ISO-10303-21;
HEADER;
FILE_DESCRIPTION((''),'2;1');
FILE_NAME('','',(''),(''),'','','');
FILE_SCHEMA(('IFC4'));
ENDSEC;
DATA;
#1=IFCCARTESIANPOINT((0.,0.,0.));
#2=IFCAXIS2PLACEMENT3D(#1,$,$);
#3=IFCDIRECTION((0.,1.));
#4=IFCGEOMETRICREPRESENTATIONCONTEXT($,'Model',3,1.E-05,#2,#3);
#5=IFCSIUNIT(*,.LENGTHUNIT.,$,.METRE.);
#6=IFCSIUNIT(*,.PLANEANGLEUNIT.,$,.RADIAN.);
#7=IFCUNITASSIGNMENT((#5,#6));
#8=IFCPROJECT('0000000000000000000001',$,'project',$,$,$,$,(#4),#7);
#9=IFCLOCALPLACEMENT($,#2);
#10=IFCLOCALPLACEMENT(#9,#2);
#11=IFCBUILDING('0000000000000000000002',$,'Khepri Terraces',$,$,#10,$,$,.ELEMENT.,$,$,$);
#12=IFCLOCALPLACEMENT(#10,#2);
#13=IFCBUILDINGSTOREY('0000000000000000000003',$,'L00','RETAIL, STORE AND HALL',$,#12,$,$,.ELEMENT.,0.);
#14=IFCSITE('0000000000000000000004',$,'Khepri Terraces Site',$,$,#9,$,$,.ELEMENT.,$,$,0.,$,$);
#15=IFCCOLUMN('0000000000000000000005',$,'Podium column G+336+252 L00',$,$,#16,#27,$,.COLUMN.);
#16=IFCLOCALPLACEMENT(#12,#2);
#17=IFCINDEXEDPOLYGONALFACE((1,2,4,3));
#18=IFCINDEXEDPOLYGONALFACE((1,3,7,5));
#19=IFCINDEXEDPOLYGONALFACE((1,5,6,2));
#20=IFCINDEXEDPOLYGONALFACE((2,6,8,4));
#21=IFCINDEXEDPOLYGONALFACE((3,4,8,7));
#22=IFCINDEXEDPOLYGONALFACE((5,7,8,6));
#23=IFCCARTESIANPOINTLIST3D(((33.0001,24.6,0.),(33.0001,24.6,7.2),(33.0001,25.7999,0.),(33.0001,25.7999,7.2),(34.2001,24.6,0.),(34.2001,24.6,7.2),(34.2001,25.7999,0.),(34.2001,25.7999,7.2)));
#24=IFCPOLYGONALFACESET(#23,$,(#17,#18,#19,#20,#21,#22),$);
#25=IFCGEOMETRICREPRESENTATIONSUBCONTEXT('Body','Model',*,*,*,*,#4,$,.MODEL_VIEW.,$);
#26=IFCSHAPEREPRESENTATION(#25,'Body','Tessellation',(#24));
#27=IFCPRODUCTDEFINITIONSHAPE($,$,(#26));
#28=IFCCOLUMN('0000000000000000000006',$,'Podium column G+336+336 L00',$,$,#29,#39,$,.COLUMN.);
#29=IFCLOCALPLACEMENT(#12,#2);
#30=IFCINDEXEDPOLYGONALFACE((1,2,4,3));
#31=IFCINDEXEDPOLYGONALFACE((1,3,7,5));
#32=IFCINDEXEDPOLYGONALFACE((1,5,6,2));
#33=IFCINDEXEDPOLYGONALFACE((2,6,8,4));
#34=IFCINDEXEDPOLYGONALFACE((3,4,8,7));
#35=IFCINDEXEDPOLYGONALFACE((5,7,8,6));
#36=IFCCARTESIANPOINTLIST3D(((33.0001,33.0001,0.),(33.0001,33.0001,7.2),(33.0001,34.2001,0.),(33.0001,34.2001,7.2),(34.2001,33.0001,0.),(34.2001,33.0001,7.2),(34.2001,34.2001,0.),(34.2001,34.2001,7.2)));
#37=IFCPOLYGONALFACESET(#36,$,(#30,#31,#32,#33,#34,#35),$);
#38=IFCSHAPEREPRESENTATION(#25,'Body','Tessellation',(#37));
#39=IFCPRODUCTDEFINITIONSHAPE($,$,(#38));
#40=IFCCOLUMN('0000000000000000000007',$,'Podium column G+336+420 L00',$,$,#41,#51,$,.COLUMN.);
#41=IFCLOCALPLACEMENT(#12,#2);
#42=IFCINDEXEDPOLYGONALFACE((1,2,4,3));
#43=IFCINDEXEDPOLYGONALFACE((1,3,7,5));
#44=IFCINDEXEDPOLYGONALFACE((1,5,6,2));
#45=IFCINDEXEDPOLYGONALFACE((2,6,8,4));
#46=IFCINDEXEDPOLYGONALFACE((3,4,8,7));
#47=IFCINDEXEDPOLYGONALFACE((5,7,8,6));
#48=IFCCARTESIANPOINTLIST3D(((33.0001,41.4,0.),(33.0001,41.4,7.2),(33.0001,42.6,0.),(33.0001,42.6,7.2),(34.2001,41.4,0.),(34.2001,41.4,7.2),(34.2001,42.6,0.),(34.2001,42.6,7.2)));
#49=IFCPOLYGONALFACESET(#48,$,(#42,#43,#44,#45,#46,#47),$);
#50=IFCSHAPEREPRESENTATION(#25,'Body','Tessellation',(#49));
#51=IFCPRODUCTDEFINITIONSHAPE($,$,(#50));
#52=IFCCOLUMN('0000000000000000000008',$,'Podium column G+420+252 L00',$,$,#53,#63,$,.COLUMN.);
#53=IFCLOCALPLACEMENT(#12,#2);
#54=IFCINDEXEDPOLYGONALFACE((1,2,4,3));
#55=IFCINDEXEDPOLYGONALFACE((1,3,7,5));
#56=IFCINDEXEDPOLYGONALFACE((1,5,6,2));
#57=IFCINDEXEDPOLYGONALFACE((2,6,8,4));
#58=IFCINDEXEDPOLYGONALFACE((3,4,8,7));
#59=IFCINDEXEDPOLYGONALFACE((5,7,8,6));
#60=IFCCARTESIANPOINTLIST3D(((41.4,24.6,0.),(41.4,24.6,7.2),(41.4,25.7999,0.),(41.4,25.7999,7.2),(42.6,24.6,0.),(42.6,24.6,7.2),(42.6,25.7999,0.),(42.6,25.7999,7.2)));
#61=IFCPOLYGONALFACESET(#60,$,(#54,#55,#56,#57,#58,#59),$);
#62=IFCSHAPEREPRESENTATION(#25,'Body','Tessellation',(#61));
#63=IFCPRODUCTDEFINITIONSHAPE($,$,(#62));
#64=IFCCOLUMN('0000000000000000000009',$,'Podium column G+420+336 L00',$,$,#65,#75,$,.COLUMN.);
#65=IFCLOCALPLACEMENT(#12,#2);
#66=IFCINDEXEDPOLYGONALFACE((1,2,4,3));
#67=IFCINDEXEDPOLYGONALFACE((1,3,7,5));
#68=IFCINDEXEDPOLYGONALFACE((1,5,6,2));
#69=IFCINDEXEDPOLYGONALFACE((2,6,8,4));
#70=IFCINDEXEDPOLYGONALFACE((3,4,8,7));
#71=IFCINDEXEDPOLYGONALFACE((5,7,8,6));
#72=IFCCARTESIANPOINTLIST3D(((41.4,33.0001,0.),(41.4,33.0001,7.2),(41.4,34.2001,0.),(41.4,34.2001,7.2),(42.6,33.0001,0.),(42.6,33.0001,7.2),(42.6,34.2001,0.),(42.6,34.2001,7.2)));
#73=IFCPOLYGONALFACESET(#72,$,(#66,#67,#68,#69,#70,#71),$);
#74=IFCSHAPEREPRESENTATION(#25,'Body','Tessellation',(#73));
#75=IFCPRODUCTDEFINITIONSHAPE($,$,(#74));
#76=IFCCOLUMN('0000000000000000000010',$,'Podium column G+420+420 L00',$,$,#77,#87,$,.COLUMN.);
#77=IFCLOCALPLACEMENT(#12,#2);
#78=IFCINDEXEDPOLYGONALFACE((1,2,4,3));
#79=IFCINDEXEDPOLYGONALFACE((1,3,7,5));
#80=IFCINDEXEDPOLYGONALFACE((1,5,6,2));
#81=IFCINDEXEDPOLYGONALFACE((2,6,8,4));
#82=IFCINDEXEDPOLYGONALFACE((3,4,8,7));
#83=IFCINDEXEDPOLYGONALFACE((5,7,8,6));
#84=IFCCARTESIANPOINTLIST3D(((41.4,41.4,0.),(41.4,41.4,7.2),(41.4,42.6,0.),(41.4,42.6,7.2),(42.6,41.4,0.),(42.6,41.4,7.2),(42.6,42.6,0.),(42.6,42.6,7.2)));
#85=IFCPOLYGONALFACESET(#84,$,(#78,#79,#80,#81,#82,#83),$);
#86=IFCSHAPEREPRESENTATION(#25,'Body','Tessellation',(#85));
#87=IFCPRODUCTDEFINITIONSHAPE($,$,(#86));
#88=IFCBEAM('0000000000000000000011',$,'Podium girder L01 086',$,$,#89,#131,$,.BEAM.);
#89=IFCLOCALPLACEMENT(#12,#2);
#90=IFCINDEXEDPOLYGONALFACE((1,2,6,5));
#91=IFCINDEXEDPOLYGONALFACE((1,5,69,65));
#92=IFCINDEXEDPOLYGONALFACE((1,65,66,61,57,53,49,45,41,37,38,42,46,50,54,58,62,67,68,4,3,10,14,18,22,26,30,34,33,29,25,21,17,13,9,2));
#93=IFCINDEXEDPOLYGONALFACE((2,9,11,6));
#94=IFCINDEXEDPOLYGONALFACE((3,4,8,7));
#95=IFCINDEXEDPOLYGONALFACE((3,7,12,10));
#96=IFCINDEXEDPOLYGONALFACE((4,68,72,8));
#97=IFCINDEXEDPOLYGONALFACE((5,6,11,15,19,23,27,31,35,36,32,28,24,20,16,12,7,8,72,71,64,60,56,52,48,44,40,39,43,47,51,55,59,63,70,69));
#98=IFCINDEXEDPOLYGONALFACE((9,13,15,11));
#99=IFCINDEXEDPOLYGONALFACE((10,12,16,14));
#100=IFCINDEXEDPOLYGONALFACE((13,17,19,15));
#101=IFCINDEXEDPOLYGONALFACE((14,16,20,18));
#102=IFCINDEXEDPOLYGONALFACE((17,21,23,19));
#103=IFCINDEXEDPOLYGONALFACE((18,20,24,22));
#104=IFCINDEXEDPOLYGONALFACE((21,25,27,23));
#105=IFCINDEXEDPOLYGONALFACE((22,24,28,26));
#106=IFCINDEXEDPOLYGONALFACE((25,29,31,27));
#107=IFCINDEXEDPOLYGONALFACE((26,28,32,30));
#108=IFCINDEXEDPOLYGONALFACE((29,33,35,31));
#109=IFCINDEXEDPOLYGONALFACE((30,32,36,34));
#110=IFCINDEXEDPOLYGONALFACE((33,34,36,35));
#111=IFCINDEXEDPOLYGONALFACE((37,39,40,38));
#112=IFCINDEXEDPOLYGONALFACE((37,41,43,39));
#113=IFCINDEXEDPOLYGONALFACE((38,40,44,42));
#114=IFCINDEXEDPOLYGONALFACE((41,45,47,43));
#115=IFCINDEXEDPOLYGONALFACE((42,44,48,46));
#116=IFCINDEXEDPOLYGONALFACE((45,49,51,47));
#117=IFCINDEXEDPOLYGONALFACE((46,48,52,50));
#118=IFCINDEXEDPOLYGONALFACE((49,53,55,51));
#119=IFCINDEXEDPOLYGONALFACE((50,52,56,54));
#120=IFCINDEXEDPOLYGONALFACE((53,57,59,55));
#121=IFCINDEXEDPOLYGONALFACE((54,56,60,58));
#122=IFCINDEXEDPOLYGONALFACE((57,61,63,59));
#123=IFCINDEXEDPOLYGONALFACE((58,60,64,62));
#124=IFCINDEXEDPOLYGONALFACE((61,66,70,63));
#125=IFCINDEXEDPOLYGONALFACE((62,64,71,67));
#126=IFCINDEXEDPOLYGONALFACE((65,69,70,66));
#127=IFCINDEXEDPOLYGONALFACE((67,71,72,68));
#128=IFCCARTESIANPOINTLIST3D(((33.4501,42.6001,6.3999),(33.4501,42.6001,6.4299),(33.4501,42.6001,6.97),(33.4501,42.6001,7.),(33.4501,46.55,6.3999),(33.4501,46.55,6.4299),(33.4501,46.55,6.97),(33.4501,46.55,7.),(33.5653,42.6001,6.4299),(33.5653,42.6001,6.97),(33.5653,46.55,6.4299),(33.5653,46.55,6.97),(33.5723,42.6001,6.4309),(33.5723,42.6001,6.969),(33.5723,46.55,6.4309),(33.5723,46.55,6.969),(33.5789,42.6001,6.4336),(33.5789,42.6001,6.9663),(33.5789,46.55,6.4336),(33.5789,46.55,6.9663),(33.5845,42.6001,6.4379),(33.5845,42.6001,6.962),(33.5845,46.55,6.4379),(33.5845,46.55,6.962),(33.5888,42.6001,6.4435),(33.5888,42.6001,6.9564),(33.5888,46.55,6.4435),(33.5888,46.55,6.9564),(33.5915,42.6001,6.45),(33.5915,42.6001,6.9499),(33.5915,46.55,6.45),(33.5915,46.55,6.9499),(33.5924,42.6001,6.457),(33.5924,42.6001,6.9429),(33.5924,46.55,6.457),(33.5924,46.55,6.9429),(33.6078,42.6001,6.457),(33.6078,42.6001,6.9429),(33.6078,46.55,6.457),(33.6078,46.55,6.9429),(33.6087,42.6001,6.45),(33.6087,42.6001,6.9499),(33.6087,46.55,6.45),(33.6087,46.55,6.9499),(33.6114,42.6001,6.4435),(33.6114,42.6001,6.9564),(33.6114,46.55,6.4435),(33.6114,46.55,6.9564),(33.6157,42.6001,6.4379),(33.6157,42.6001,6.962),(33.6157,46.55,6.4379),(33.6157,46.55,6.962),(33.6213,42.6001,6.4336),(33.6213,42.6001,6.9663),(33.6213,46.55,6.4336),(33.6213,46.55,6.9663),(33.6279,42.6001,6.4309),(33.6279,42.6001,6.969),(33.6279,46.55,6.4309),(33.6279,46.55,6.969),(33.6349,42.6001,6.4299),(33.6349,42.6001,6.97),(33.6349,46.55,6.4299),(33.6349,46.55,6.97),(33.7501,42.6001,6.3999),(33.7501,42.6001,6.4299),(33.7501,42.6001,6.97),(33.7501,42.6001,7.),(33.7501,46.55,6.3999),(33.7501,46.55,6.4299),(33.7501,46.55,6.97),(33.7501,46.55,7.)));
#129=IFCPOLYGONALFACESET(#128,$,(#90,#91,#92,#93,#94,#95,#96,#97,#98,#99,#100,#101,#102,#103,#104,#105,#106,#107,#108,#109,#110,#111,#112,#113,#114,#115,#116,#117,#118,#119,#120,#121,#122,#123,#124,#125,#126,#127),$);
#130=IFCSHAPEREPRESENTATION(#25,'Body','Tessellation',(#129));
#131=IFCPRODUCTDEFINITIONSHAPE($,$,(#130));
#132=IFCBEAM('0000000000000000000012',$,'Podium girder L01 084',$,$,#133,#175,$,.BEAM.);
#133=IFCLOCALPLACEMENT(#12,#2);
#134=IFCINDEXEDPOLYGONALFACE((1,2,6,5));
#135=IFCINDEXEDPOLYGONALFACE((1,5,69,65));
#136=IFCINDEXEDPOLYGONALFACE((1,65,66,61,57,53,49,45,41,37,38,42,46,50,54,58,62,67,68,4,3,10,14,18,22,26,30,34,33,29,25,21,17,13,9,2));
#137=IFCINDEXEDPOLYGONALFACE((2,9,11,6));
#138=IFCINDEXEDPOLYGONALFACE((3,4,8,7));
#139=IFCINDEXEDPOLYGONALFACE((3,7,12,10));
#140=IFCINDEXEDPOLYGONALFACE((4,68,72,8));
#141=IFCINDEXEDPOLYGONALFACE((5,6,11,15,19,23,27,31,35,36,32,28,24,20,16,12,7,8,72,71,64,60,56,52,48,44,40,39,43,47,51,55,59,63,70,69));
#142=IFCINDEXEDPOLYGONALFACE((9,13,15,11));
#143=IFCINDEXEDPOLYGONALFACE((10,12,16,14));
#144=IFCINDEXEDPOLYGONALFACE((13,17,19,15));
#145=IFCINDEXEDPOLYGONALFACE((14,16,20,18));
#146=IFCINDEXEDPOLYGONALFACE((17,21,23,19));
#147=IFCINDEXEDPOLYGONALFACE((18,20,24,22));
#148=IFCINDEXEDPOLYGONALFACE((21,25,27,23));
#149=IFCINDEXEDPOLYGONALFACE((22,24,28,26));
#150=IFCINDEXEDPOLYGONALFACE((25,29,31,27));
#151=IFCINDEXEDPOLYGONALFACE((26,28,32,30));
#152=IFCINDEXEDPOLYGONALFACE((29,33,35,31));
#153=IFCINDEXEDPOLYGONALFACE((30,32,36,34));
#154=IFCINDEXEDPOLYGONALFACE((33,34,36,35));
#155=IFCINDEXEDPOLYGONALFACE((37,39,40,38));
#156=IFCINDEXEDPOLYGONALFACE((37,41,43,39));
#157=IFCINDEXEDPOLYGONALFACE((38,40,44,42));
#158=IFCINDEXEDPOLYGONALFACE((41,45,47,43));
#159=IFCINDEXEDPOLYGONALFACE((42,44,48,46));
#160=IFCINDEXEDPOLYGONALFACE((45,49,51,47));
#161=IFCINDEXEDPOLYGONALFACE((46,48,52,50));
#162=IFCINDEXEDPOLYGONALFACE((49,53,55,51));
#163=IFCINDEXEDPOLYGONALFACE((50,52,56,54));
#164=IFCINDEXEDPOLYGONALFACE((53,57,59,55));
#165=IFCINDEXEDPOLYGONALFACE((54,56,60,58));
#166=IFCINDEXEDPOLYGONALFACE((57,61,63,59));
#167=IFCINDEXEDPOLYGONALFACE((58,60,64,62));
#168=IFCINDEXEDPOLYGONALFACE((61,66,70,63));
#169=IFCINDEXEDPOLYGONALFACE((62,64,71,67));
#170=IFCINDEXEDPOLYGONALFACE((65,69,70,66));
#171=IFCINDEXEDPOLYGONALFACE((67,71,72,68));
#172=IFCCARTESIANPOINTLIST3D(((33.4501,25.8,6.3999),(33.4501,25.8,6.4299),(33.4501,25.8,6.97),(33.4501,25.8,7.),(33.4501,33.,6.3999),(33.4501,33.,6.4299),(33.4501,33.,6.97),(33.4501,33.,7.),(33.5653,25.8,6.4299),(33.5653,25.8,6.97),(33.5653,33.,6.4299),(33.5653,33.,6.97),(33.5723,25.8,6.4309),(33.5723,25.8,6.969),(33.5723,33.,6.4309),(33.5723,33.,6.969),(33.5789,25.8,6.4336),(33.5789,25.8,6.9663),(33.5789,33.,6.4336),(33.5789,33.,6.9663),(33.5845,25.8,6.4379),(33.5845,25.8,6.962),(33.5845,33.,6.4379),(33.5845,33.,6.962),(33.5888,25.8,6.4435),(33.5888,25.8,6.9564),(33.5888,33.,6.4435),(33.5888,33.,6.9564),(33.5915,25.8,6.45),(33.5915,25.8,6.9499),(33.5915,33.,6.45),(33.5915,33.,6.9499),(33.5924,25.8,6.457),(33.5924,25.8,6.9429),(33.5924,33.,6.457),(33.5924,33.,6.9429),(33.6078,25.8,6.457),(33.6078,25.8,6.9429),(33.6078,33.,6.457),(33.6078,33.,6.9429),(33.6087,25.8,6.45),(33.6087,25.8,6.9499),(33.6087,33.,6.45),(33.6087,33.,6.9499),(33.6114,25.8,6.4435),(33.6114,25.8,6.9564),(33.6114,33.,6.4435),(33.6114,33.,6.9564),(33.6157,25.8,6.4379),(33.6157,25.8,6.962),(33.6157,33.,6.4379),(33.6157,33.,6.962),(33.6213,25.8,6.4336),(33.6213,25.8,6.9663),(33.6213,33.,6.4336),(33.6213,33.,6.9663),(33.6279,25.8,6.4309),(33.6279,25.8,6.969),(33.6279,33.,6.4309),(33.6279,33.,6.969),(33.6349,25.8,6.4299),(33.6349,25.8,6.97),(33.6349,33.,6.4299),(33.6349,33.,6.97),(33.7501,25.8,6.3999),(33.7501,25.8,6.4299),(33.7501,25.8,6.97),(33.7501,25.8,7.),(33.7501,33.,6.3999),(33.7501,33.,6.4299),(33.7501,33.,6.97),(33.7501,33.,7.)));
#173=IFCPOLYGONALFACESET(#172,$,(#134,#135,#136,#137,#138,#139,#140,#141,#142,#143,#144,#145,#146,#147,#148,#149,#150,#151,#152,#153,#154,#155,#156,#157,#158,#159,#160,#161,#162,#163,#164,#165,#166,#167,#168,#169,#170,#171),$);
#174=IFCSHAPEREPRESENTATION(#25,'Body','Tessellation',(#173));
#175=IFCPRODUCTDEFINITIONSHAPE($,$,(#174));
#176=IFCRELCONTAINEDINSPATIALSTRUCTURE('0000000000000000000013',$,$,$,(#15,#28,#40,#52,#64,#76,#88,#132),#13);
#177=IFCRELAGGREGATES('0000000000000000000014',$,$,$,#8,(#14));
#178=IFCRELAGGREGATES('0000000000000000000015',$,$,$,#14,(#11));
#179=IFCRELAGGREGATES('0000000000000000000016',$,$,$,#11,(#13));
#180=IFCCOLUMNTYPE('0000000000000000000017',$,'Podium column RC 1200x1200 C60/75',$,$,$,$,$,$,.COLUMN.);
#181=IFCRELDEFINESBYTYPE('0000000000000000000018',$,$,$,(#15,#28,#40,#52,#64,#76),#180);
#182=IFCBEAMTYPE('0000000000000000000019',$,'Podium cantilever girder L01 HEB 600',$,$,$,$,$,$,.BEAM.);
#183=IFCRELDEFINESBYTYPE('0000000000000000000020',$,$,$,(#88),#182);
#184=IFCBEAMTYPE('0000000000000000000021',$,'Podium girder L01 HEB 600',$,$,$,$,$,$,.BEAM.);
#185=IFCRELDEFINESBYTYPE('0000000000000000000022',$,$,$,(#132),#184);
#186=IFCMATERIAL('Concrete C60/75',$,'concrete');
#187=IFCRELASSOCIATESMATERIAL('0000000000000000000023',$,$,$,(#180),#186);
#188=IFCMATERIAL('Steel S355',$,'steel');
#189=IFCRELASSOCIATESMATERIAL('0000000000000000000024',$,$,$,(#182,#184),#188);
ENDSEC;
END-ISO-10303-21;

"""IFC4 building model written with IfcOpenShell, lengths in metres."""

from ifc_helpers import new_model, si_unit, direction, frame, origin, origin_2d, place, context, subcontext, project, spatial, rectangle, i_section, extrude, material, material_profile, profile_set, type_object, element, save


model = new_model("IFC4")

# Units and contexts
model_context = context("Model", 3, precision=1e-05, world=origin(), true_north=direction((0.0, 1.0)))
body_context = subcontext(model_context, "Body", "Model", "MODEL_VIEW")
ifc_project = project(units=[si_unit("LENGTHUNIT", "METRE"), si_unit("PLANEANGLEUNIT", "RADIAN")], contexts=[model_context])

# Site, building, storey
site_placement = place(None, origin())
site = spatial("IfcSite", under=ifc_project, at=site_placement, Name="Khepri Terraces Site", CompositionType="ELEMENT", RefElevation=0.0)
building_placement = place(site_placement, origin())
building = spatial("IfcBuilding", under=site, at=building_placement, Name="Khepri Terraces", CompositionType="ELEMENT")
storey_placement = place(building_placement, origin())
storey = spatial("IfcBuildingStorey", under=building, at=storey_placement, Name="L00", Description="RETAIL, STORE AND HALL", CompositionType="ELEMENT", Elevation=0.0)

# Columns
ifc_material_1 = material(Name="Concrete C60/75", Category="concrete")
ifc_material_profile_1 = material_profile(ifc_material_1, rectangle(XDim=1.2, YDim=1.2, at=origin_2d()), Name="Concrete C60/75", Category="concrete")
ifc_profile_set_1 = profile_set([ifc_material_profile_1], Name="Concrete C60/75")
column_type = type_object("IfcColumnType", Name="Podium column RC 1200x1200 C60/75", PredefinedType="COLUMN", material=ifc_profile_set_1)
for number, where, z_axis, x_axis, name in (
    (1, (33.6001, 25.2, 0.0), (0.0, 0.0, 1.0), (1.0, 0.0, 0.0), "Podium column G+336+252 L00"),
    (2, (33.6001, 33.6001, 0.0), (0.0, 0.0, 1.0), (1.0, 0.0, 0.0), "Podium column G+336+336 L00"),
    (3, (33.6001, 42.0, 0.0), (0.0, 0.0, 1.0), (1.0, 0.0, 0.0), "Podium column G+336+420 L00"),
    (4, (42.0, 25.2, 0.0), (0.0, 0.0, 1.0), (1.0, 0.0, 0.0), "Podium column G+420+252 L00"),
    (5, (42.0, 33.6001, 0.0), (0.0, 0.0, 1.0), (1.0, 0.0, 0.0), "Podium column G+420+336 L00"),
    (6, (42.0, 42.0, 0.0), (0.0, 0.0, 1.0), (1.0, 0.0, 0.0), "Podium column G+420+420 L00"),
):
    element("IfcColumn", number, at=place(storey_placement, frame(where, z_axis=z_axis, x_axis=x_axis)), inside=storey, type_object=column_type, Name=name, PredefinedType="COLUMN", context=body_context, shape_type="SweptSolid", body=[
        extrude(rectangle(XDim=1.2, YDim=1.2, at=origin_2d()), origin(), (0.0, 0.0, 1.0), 7.2),
    ])

# Beams
ifc_material_2 = material(Name="Steel S355", Category="steel")
ifc_material_profile_2 = material_profile(ifc_material_2, i_section(OverallWidth=0.3, OverallDepth=0.6001, WebThickness=0.0154, FlangeThickness=0.03, FilletRadius=0.0271, at=origin_2d()), Name="Steel S355", Category="steel")
ifc_profile_set_2 = profile_set([ifc_material_profile_2], Name="Steel S355")
beam_type_1 = type_object("IfcBeamType", Name="Podium cantilever girder L01 HEB 600", PredefinedType="BEAM", material=ifc_profile_set_2)
beam_placement = place(storey_placement, frame((33.6001, 42.6001, 6.7), z_axis=(0.0, 1.0, 0.0), x_axis=(-1.0, 0.0, 0.0)))
element("IfcBeam", 7, at=beam_placement, inside=storey, type_object=beam_type_1, Name="Podium girder L01 086", PredefinedType="BEAM", context=body_context, shape_type="SweptSolid", body=[
    extrude(i_section(OverallWidth=0.3, OverallDepth=0.6001, WebThickness=0.0154, FlangeThickness=0.03, FilletRadius=0.0271, at=origin_2d()), origin(), (0.0, 0.0, 1.0), 3.95),
])
ifc_material_profile_3 = material_profile(ifc_material_2, i_section(OverallWidth=0.3, OverallDepth=0.6001, WebThickness=0.0154, FlangeThickness=0.03, FilletRadius=0.0271, at=origin_2d()), Name="Steel S355", Category="steel")
ifc_profile_set_3 = profile_set([ifc_material_profile_3], Name="Steel S355")
beam_type_2 = type_object("IfcBeamType", Name="Podium girder L01 HEB 600", PredefinedType="BEAM", material=ifc_profile_set_3)
for number, where, z_axis, x_axis, name in (
    (8, (33.6001, 25.8, 6.7), (0.0, 1.0, 0.0), (-1.0, 0.0, 0.0), "Podium girder L01 084"),
):
    element("IfcBeam", number, at=place(storey_placement, frame(where, z_axis=z_axis, x_axis=x_axis)), inside=storey, type_object=beam_type_2, Name=name, PredefinedType="BEAM", context=body_context, shape_type="SweptSolid", body=[
        extrude(i_section(OverallWidth=0.3, OverallDepth=0.6001, WebThickness=0.0154, FlangeThickness=0.03, FilletRadius=0.0271, at=origin_2d()), origin(), (0.0, 0.0, 1.0), 7.2),
    ])

save(model, "model.ifc")
